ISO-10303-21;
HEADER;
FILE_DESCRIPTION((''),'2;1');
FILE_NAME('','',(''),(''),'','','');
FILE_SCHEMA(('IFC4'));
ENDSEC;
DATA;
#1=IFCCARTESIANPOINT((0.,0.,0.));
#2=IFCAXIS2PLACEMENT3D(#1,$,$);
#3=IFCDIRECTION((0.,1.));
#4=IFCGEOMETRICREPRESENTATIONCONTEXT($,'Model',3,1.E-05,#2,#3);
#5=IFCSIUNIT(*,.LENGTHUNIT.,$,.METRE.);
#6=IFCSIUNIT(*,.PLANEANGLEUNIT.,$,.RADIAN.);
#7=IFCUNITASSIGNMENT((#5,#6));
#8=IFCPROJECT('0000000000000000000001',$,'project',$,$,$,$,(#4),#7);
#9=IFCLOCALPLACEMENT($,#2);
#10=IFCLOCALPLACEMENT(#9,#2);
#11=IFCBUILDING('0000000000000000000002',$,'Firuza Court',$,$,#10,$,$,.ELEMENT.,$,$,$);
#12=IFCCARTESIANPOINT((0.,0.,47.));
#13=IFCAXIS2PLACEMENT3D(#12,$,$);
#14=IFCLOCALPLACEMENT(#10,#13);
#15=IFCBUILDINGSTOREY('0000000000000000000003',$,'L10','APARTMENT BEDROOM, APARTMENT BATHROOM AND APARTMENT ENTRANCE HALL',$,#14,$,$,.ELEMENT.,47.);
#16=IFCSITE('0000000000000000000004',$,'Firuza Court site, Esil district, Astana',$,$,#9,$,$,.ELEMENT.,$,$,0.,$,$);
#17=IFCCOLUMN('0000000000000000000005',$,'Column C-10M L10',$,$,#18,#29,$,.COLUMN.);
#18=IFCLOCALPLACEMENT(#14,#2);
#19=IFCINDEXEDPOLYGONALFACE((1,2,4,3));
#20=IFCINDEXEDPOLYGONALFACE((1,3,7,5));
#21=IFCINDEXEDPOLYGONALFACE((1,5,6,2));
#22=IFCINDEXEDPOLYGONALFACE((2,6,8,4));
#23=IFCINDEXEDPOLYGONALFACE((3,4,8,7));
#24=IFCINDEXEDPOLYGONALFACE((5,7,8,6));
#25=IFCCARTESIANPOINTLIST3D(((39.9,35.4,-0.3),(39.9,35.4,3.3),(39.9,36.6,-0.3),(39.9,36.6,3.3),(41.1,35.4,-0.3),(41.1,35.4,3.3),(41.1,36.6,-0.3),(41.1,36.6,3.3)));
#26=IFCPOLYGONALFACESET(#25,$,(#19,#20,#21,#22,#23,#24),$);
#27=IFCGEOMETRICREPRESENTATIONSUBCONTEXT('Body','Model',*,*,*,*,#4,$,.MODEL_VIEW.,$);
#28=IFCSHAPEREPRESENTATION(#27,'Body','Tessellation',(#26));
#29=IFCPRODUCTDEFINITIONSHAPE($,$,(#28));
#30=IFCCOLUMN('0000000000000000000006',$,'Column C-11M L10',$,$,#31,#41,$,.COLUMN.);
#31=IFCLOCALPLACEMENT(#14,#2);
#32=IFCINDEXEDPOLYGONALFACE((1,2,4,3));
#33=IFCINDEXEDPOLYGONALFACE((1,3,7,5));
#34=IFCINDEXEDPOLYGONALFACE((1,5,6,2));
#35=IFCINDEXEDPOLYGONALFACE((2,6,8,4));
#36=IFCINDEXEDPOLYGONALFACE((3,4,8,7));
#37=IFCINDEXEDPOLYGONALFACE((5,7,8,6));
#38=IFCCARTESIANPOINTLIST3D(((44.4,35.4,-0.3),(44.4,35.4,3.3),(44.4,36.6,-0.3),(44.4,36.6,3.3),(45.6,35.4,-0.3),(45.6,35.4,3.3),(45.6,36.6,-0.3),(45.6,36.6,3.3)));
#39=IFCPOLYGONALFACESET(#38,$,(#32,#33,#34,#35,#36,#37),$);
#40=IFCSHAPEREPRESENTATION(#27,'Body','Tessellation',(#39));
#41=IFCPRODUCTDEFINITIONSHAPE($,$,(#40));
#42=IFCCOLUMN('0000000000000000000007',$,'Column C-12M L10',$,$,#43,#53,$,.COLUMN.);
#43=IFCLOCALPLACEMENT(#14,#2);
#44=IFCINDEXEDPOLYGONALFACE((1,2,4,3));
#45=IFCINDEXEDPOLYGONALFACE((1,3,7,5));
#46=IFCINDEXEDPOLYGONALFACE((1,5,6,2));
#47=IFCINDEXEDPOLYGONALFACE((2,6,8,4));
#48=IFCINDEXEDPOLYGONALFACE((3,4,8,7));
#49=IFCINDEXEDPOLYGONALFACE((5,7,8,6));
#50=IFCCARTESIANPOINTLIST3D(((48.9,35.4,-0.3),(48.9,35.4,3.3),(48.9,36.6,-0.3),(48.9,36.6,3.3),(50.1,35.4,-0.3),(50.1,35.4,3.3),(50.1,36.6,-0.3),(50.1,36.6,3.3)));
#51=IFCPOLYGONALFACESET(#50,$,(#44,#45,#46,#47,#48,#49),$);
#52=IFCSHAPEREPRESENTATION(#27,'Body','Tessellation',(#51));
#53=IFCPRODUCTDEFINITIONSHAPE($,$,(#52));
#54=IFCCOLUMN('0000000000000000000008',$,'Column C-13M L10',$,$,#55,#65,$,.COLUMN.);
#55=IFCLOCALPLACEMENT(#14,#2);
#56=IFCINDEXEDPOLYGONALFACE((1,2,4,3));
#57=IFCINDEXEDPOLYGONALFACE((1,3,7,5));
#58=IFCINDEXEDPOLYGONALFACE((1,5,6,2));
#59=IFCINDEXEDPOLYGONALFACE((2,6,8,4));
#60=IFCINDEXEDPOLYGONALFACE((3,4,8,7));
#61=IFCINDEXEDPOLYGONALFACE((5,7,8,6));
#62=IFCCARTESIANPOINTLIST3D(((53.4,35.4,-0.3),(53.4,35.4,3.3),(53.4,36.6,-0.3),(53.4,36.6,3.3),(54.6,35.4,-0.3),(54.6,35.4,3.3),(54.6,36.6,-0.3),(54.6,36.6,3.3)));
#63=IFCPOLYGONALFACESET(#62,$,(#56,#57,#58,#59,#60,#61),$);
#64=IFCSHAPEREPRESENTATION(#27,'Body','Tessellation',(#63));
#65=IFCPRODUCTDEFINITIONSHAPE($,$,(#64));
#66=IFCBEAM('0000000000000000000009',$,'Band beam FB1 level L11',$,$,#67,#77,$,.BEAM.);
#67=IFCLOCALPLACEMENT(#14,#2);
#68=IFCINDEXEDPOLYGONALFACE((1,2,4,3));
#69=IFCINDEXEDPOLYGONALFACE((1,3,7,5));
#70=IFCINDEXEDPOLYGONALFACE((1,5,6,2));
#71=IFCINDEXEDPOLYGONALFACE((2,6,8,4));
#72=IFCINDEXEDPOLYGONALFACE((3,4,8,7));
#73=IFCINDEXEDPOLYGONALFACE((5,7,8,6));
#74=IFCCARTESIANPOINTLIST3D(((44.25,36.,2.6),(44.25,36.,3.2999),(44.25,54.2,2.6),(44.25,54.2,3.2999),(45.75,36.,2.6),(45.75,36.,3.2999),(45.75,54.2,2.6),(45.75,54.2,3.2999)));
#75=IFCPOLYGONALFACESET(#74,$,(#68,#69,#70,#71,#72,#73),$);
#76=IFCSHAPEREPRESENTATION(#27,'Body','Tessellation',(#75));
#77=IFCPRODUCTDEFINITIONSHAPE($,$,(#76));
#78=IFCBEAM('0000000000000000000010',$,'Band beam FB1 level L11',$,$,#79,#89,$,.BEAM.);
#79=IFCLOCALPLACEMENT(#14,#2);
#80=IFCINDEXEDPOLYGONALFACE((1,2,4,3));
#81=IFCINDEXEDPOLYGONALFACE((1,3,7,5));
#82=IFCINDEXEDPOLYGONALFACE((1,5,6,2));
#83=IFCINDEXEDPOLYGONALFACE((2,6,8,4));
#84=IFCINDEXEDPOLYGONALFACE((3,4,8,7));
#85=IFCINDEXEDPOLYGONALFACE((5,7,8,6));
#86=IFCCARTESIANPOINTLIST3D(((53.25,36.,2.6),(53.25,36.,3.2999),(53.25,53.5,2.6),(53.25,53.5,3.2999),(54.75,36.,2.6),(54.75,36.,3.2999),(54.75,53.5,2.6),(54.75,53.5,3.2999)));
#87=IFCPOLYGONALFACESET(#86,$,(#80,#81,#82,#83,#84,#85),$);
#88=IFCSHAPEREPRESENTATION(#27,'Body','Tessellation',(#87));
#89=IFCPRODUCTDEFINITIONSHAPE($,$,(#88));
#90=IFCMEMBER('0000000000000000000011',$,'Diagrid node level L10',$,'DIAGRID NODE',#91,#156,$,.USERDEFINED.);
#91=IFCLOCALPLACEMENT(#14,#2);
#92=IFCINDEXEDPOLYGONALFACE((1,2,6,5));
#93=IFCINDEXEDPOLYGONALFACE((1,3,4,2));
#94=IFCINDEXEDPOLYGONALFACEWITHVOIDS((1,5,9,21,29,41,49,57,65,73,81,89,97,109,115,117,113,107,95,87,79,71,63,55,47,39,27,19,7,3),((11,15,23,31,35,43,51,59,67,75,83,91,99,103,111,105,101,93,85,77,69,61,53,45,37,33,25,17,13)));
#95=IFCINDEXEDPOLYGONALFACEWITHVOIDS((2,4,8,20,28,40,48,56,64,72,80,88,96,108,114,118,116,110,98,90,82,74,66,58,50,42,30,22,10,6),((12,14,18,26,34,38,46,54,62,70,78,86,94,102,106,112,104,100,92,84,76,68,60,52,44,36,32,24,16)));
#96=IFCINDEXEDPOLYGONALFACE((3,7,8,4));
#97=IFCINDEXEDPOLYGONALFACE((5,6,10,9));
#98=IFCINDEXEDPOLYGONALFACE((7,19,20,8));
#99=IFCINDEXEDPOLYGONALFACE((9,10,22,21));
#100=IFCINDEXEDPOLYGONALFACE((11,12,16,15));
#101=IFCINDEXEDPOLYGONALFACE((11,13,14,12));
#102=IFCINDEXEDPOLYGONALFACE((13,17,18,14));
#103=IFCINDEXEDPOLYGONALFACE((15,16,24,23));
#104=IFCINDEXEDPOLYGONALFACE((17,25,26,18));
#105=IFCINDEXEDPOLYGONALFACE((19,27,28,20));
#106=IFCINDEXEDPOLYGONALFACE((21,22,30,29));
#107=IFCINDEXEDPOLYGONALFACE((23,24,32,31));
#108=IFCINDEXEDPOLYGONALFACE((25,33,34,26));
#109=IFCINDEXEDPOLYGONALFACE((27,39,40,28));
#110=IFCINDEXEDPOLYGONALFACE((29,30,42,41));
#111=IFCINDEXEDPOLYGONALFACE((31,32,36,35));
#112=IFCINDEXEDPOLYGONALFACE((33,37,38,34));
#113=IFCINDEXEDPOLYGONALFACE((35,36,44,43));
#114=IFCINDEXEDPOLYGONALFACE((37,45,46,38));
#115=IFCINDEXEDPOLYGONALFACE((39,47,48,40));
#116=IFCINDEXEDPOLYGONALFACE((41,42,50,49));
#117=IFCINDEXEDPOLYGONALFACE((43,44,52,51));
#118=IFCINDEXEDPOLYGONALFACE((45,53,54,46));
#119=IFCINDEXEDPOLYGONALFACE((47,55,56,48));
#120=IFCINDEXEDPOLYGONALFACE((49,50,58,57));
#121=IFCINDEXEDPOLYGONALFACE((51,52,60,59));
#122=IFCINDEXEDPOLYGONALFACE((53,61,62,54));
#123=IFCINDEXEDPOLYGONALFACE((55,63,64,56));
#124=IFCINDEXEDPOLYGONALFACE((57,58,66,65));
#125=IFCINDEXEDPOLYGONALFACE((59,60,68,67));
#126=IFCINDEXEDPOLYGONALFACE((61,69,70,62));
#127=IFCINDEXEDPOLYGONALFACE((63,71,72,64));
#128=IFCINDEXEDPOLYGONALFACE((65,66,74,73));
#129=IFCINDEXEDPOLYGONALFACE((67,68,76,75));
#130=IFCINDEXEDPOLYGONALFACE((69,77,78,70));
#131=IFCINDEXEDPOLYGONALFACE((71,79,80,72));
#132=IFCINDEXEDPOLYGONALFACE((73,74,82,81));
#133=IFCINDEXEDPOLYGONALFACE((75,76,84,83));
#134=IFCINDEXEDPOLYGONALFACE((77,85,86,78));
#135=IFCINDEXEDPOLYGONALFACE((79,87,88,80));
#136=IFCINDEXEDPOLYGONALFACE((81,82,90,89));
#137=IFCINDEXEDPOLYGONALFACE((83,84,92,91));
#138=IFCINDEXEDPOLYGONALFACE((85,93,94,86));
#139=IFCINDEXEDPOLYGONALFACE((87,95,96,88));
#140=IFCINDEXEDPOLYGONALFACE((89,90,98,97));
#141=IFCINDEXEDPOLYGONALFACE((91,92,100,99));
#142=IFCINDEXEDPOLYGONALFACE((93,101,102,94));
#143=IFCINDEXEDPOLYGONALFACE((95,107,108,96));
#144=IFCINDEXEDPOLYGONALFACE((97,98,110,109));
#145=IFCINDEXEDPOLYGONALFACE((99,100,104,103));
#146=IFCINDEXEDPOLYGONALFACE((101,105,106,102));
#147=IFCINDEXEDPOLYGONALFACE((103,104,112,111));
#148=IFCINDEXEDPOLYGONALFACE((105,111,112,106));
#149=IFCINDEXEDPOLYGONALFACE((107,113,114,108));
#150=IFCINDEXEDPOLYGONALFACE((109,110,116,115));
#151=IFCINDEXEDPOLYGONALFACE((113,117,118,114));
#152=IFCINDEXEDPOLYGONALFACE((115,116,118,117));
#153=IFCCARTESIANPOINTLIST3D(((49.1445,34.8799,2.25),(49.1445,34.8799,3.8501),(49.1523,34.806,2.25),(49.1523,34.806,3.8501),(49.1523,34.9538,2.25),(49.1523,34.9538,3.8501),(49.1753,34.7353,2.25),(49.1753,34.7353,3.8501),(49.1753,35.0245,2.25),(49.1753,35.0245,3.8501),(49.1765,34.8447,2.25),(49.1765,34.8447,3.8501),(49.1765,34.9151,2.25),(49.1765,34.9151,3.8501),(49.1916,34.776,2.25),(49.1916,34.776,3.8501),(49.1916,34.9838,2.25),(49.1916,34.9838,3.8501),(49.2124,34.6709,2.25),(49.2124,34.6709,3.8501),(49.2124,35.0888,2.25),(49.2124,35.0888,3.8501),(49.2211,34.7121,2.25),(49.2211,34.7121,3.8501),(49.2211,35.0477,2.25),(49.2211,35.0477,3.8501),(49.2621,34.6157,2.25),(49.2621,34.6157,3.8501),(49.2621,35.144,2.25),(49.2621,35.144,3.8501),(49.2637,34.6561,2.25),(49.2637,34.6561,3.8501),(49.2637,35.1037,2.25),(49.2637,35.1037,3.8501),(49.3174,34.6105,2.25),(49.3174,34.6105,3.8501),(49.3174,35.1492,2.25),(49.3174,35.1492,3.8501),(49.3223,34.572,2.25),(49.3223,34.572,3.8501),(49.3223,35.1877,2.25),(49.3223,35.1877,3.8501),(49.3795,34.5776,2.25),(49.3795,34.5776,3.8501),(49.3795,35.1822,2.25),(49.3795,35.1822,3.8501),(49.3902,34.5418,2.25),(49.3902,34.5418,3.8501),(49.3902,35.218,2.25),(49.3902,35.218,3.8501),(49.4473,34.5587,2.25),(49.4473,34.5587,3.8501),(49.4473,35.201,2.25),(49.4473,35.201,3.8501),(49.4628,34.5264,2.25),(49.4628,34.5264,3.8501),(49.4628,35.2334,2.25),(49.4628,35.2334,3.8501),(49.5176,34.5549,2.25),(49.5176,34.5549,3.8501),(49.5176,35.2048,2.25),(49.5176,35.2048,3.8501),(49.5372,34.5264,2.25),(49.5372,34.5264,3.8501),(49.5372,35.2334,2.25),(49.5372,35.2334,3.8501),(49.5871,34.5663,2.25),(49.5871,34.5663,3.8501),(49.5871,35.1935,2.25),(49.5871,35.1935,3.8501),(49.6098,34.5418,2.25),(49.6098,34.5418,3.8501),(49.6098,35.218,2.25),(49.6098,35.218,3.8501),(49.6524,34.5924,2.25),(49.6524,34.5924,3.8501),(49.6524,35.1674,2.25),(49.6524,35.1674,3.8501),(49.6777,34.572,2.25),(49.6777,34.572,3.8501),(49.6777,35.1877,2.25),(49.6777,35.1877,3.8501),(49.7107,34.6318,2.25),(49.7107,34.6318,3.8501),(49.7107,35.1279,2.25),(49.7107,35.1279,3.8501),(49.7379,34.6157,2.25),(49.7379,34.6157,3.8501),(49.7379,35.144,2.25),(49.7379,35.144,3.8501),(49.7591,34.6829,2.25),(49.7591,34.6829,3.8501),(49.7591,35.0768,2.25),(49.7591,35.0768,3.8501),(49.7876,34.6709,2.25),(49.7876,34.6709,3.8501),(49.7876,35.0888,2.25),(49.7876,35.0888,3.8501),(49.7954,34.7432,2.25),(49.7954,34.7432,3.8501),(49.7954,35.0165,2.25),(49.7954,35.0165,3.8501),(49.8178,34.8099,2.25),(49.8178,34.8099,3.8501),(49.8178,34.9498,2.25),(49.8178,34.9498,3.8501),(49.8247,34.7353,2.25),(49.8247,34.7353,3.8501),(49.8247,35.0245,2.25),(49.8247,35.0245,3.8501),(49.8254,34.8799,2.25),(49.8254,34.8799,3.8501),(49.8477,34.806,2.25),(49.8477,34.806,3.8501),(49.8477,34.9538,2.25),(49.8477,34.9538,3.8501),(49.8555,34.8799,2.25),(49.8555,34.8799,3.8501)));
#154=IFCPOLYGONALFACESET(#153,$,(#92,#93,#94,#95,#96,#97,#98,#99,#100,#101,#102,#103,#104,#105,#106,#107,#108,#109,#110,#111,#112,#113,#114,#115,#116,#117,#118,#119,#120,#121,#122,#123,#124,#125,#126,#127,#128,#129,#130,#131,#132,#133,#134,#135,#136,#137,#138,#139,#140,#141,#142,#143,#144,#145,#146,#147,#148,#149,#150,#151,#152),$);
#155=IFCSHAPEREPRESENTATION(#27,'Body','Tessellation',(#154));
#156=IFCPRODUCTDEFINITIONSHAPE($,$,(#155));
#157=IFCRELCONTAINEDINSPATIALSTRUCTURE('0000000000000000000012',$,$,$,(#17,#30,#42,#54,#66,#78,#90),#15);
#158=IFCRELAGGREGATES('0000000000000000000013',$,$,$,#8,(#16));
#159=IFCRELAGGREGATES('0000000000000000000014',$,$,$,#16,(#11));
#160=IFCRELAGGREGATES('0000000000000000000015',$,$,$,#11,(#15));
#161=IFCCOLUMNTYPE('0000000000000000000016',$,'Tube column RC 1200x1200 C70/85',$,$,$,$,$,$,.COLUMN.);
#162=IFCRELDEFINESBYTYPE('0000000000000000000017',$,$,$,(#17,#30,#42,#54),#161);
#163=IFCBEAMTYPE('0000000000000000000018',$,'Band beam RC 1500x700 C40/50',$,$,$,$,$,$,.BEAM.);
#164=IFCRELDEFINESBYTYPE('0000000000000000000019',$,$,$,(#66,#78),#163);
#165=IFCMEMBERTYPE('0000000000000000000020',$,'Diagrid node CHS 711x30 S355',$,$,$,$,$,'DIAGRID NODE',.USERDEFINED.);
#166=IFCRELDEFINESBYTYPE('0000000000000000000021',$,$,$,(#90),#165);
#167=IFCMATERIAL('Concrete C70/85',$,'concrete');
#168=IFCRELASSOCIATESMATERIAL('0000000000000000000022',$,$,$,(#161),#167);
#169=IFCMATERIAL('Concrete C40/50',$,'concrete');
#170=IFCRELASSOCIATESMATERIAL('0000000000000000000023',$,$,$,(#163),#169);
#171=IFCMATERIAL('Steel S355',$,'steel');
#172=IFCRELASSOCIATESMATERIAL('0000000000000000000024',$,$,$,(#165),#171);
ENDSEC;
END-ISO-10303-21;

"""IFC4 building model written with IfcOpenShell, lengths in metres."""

from ifc_helpers import new_model, si_unit, direction, frame, origin, origin_2d, place, context, subcontext, project, spatial, rectangle, hollow_circle, extrude, material, material_profile, profile_set, type_object, element, save


model = new_model("IFC4")

# Units and contexts
model_context = context("Model", 3, precision=1e-05, world=origin(), true_north=direction((0.0, 1.0)))
body_context = subcontext(model_context, "Body", "Model", "MODEL_VIEW")
ifc_project = project(units=[si_unit("LENGTHUNIT", "METRE"), si_unit("PLANEANGLEUNIT", "RADIAN")], contexts=[model_context])

# Site, building, storey
site_placement = place(None, origin())
site = spatial("IfcSite", under=ifc_project, at=site_placement, Name="Firuza Court site, Esil district, Astana", CompositionType="ELEMENT", RefElevation=0.0)
building_placement = place(site_placement, origin())
building = spatial("IfcBuilding", under=site, at=building_placement, Name="Firuza Court", CompositionType="ELEMENT")
storey_placement = place(building_placement, frame((0.0, 0.0, 47.0)))
storey = spatial("IfcBuildingStorey", under=building, at=storey_placement, Name="L10", Description="APARTMENT BEDROOM, APARTMENT BATHROOM AND APARTMENT ENTRANCE HALL", CompositionType="ELEMENT", Elevation=47.0)

# Columns
ifc_material_1 = material(Name="Concrete C70/85", Category="concrete")
ifc_material_profile_1 = material_profile(ifc_material_1, rectangle(XDim=1.2, YDim=1.2, at=origin_2d()), Name="RC 1200x1200")
ifc_profile_set_1 = profile_set([ifc_material_profile_1], Name="Concrete C70/85")
column_type = type_object("IfcColumnType", Name="Tube column RC 1200x1200 C70/85", PredefinedType="COLUMN", material=ifc_profile_set_1)
for number, where, z_axis, x_axis, name in (
    (1, (40.5, 36.0, -0.3), (0.0, 0.0, 1.0), (1.0, 0.0, 0.0), "Column C-10M L10"),
    (2, (45.0, 36.0, -0.3), (0.0, 0.0, 1.0), (1.0, 0.0, 0.0), "Column C-11M L10"),
    (3, (49.5, 36.0, -0.3), (0.0, 0.0, 1.0), (1.0, 0.0, 0.0), "Column C-12M L10"),
    (4, (54.0, 36.0, -0.3), (0.0, 0.0, 1.0), (1.0, 0.0, 0.0), "Column C-13M L10"),
):
    element("IfcColumn", number, at=place(storey_placement, frame(where, z_axis=z_axis, x_axis=x_axis)), inside=storey, type_object=column_type, Name=name, PredefinedType="COLUMN", context=body_context, shape_type="SweptSolid", body=[
        extrude(rectangle(XDim=1.2, YDim=1.2, at=origin_2d()), origin(), (0.0, 0.0, 1.0), 3.6001),
    ])

# Beams
ifc_material_2 = material(Name="Concrete C40/50", Category="concrete")
ifc_material_profile_2 = material_profile(ifc_material_2, rectangle(XDim=1.5, YDim=0.7, at=origin_2d()), Name="RC 1500x700")
ifc_profile_set_2 = profile_set([ifc_material_profile_2], Name="Concrete C40/50")
beam_type_1 = type_object("IfcBeamType", Name="Band beam RC 1500x700 C40/50", PredefinedType="BEAM", material=ifc_profile_set_2)
beam_1_placement = place(storey_placement, frame((45.0, 36.0, 2.95), z_axis=(0.0, 1.0, 0.0), x_axis=(-1.0, 0.0, 0.0)))
element("IfcBeam", 5, at=beam_1_placement, inside=storey, type_object=beam_type_1, Name="Band beam FB1 level L11", PredefinedType="BEAM", context=body_context, shape_type="SweptSolid", body=[
    extrude(rectangle(XDim=1.5, YDim=0.7, at=origin_2d()), origin(), (0.0, 0.0, 1.0), 18.2),
])
beam_2_placement = place(storey_placement, frame((54.0, 36.0, 2.95), z_axis=(0.0, 1.0, 0.0), x_axis=(-1.0, 0.0, 0.0)))
element("IfcBeam", 6, at=beam_2_placement, inside=storey, type_object=beam_type_1, Name="Band beam FB1 level L11", PredefinedType="BEAM", context=body_context, shape_type="SweptSolid", body=[
    extrude(rectangle(XDim=1.5, YDim=0.7, at=origin_2d()), origin(), (0.0, 0.0, 1.0), 17.5),
])

# Member
ifc_material_3 = material(Name="Steel S355", Category="steel")
ifc_material_profile_3 = material_profile(ifc_material_3, hollow_circle(Radius=0.3555, WallThickness=0.03, at=origin_2d()), Name="CHS 711x30")
ifc_profile_set_3 = profile_set([ifc_material_profile_3], Name="Steel S355")
member_type_1 = type_object("IfcMemberType", Name="Diagrid node CHS 711x30 S355", ElementType="DIAGRID NODE", PredefinedType="USERDEFINED", material=ifc_profile_set_3)
member_1_placement = place(storey_placement, frame((49.5, 34.8799, 2.25), z_axis=(0.0, 0.0, 1.0), x_axis=(1.0, 0.0, 0.0)))
element("IfcMember", 7, at=member_1_placement, inside=storey, type_object=member_type_1, Name="Diagrid node level L10", ObjectType="DIAGRID NODE", PredefinedType="USERDEFINED", context=body_context, shape_type="SweptSolid", body=[
    extrude(hollow_circle(Radius=0.3555, WallThickness=0.03, at=origin_2d()), origin(), (0.0, 0.0, 1.0), 1.6001),
])

save(model, "model.ifc")
